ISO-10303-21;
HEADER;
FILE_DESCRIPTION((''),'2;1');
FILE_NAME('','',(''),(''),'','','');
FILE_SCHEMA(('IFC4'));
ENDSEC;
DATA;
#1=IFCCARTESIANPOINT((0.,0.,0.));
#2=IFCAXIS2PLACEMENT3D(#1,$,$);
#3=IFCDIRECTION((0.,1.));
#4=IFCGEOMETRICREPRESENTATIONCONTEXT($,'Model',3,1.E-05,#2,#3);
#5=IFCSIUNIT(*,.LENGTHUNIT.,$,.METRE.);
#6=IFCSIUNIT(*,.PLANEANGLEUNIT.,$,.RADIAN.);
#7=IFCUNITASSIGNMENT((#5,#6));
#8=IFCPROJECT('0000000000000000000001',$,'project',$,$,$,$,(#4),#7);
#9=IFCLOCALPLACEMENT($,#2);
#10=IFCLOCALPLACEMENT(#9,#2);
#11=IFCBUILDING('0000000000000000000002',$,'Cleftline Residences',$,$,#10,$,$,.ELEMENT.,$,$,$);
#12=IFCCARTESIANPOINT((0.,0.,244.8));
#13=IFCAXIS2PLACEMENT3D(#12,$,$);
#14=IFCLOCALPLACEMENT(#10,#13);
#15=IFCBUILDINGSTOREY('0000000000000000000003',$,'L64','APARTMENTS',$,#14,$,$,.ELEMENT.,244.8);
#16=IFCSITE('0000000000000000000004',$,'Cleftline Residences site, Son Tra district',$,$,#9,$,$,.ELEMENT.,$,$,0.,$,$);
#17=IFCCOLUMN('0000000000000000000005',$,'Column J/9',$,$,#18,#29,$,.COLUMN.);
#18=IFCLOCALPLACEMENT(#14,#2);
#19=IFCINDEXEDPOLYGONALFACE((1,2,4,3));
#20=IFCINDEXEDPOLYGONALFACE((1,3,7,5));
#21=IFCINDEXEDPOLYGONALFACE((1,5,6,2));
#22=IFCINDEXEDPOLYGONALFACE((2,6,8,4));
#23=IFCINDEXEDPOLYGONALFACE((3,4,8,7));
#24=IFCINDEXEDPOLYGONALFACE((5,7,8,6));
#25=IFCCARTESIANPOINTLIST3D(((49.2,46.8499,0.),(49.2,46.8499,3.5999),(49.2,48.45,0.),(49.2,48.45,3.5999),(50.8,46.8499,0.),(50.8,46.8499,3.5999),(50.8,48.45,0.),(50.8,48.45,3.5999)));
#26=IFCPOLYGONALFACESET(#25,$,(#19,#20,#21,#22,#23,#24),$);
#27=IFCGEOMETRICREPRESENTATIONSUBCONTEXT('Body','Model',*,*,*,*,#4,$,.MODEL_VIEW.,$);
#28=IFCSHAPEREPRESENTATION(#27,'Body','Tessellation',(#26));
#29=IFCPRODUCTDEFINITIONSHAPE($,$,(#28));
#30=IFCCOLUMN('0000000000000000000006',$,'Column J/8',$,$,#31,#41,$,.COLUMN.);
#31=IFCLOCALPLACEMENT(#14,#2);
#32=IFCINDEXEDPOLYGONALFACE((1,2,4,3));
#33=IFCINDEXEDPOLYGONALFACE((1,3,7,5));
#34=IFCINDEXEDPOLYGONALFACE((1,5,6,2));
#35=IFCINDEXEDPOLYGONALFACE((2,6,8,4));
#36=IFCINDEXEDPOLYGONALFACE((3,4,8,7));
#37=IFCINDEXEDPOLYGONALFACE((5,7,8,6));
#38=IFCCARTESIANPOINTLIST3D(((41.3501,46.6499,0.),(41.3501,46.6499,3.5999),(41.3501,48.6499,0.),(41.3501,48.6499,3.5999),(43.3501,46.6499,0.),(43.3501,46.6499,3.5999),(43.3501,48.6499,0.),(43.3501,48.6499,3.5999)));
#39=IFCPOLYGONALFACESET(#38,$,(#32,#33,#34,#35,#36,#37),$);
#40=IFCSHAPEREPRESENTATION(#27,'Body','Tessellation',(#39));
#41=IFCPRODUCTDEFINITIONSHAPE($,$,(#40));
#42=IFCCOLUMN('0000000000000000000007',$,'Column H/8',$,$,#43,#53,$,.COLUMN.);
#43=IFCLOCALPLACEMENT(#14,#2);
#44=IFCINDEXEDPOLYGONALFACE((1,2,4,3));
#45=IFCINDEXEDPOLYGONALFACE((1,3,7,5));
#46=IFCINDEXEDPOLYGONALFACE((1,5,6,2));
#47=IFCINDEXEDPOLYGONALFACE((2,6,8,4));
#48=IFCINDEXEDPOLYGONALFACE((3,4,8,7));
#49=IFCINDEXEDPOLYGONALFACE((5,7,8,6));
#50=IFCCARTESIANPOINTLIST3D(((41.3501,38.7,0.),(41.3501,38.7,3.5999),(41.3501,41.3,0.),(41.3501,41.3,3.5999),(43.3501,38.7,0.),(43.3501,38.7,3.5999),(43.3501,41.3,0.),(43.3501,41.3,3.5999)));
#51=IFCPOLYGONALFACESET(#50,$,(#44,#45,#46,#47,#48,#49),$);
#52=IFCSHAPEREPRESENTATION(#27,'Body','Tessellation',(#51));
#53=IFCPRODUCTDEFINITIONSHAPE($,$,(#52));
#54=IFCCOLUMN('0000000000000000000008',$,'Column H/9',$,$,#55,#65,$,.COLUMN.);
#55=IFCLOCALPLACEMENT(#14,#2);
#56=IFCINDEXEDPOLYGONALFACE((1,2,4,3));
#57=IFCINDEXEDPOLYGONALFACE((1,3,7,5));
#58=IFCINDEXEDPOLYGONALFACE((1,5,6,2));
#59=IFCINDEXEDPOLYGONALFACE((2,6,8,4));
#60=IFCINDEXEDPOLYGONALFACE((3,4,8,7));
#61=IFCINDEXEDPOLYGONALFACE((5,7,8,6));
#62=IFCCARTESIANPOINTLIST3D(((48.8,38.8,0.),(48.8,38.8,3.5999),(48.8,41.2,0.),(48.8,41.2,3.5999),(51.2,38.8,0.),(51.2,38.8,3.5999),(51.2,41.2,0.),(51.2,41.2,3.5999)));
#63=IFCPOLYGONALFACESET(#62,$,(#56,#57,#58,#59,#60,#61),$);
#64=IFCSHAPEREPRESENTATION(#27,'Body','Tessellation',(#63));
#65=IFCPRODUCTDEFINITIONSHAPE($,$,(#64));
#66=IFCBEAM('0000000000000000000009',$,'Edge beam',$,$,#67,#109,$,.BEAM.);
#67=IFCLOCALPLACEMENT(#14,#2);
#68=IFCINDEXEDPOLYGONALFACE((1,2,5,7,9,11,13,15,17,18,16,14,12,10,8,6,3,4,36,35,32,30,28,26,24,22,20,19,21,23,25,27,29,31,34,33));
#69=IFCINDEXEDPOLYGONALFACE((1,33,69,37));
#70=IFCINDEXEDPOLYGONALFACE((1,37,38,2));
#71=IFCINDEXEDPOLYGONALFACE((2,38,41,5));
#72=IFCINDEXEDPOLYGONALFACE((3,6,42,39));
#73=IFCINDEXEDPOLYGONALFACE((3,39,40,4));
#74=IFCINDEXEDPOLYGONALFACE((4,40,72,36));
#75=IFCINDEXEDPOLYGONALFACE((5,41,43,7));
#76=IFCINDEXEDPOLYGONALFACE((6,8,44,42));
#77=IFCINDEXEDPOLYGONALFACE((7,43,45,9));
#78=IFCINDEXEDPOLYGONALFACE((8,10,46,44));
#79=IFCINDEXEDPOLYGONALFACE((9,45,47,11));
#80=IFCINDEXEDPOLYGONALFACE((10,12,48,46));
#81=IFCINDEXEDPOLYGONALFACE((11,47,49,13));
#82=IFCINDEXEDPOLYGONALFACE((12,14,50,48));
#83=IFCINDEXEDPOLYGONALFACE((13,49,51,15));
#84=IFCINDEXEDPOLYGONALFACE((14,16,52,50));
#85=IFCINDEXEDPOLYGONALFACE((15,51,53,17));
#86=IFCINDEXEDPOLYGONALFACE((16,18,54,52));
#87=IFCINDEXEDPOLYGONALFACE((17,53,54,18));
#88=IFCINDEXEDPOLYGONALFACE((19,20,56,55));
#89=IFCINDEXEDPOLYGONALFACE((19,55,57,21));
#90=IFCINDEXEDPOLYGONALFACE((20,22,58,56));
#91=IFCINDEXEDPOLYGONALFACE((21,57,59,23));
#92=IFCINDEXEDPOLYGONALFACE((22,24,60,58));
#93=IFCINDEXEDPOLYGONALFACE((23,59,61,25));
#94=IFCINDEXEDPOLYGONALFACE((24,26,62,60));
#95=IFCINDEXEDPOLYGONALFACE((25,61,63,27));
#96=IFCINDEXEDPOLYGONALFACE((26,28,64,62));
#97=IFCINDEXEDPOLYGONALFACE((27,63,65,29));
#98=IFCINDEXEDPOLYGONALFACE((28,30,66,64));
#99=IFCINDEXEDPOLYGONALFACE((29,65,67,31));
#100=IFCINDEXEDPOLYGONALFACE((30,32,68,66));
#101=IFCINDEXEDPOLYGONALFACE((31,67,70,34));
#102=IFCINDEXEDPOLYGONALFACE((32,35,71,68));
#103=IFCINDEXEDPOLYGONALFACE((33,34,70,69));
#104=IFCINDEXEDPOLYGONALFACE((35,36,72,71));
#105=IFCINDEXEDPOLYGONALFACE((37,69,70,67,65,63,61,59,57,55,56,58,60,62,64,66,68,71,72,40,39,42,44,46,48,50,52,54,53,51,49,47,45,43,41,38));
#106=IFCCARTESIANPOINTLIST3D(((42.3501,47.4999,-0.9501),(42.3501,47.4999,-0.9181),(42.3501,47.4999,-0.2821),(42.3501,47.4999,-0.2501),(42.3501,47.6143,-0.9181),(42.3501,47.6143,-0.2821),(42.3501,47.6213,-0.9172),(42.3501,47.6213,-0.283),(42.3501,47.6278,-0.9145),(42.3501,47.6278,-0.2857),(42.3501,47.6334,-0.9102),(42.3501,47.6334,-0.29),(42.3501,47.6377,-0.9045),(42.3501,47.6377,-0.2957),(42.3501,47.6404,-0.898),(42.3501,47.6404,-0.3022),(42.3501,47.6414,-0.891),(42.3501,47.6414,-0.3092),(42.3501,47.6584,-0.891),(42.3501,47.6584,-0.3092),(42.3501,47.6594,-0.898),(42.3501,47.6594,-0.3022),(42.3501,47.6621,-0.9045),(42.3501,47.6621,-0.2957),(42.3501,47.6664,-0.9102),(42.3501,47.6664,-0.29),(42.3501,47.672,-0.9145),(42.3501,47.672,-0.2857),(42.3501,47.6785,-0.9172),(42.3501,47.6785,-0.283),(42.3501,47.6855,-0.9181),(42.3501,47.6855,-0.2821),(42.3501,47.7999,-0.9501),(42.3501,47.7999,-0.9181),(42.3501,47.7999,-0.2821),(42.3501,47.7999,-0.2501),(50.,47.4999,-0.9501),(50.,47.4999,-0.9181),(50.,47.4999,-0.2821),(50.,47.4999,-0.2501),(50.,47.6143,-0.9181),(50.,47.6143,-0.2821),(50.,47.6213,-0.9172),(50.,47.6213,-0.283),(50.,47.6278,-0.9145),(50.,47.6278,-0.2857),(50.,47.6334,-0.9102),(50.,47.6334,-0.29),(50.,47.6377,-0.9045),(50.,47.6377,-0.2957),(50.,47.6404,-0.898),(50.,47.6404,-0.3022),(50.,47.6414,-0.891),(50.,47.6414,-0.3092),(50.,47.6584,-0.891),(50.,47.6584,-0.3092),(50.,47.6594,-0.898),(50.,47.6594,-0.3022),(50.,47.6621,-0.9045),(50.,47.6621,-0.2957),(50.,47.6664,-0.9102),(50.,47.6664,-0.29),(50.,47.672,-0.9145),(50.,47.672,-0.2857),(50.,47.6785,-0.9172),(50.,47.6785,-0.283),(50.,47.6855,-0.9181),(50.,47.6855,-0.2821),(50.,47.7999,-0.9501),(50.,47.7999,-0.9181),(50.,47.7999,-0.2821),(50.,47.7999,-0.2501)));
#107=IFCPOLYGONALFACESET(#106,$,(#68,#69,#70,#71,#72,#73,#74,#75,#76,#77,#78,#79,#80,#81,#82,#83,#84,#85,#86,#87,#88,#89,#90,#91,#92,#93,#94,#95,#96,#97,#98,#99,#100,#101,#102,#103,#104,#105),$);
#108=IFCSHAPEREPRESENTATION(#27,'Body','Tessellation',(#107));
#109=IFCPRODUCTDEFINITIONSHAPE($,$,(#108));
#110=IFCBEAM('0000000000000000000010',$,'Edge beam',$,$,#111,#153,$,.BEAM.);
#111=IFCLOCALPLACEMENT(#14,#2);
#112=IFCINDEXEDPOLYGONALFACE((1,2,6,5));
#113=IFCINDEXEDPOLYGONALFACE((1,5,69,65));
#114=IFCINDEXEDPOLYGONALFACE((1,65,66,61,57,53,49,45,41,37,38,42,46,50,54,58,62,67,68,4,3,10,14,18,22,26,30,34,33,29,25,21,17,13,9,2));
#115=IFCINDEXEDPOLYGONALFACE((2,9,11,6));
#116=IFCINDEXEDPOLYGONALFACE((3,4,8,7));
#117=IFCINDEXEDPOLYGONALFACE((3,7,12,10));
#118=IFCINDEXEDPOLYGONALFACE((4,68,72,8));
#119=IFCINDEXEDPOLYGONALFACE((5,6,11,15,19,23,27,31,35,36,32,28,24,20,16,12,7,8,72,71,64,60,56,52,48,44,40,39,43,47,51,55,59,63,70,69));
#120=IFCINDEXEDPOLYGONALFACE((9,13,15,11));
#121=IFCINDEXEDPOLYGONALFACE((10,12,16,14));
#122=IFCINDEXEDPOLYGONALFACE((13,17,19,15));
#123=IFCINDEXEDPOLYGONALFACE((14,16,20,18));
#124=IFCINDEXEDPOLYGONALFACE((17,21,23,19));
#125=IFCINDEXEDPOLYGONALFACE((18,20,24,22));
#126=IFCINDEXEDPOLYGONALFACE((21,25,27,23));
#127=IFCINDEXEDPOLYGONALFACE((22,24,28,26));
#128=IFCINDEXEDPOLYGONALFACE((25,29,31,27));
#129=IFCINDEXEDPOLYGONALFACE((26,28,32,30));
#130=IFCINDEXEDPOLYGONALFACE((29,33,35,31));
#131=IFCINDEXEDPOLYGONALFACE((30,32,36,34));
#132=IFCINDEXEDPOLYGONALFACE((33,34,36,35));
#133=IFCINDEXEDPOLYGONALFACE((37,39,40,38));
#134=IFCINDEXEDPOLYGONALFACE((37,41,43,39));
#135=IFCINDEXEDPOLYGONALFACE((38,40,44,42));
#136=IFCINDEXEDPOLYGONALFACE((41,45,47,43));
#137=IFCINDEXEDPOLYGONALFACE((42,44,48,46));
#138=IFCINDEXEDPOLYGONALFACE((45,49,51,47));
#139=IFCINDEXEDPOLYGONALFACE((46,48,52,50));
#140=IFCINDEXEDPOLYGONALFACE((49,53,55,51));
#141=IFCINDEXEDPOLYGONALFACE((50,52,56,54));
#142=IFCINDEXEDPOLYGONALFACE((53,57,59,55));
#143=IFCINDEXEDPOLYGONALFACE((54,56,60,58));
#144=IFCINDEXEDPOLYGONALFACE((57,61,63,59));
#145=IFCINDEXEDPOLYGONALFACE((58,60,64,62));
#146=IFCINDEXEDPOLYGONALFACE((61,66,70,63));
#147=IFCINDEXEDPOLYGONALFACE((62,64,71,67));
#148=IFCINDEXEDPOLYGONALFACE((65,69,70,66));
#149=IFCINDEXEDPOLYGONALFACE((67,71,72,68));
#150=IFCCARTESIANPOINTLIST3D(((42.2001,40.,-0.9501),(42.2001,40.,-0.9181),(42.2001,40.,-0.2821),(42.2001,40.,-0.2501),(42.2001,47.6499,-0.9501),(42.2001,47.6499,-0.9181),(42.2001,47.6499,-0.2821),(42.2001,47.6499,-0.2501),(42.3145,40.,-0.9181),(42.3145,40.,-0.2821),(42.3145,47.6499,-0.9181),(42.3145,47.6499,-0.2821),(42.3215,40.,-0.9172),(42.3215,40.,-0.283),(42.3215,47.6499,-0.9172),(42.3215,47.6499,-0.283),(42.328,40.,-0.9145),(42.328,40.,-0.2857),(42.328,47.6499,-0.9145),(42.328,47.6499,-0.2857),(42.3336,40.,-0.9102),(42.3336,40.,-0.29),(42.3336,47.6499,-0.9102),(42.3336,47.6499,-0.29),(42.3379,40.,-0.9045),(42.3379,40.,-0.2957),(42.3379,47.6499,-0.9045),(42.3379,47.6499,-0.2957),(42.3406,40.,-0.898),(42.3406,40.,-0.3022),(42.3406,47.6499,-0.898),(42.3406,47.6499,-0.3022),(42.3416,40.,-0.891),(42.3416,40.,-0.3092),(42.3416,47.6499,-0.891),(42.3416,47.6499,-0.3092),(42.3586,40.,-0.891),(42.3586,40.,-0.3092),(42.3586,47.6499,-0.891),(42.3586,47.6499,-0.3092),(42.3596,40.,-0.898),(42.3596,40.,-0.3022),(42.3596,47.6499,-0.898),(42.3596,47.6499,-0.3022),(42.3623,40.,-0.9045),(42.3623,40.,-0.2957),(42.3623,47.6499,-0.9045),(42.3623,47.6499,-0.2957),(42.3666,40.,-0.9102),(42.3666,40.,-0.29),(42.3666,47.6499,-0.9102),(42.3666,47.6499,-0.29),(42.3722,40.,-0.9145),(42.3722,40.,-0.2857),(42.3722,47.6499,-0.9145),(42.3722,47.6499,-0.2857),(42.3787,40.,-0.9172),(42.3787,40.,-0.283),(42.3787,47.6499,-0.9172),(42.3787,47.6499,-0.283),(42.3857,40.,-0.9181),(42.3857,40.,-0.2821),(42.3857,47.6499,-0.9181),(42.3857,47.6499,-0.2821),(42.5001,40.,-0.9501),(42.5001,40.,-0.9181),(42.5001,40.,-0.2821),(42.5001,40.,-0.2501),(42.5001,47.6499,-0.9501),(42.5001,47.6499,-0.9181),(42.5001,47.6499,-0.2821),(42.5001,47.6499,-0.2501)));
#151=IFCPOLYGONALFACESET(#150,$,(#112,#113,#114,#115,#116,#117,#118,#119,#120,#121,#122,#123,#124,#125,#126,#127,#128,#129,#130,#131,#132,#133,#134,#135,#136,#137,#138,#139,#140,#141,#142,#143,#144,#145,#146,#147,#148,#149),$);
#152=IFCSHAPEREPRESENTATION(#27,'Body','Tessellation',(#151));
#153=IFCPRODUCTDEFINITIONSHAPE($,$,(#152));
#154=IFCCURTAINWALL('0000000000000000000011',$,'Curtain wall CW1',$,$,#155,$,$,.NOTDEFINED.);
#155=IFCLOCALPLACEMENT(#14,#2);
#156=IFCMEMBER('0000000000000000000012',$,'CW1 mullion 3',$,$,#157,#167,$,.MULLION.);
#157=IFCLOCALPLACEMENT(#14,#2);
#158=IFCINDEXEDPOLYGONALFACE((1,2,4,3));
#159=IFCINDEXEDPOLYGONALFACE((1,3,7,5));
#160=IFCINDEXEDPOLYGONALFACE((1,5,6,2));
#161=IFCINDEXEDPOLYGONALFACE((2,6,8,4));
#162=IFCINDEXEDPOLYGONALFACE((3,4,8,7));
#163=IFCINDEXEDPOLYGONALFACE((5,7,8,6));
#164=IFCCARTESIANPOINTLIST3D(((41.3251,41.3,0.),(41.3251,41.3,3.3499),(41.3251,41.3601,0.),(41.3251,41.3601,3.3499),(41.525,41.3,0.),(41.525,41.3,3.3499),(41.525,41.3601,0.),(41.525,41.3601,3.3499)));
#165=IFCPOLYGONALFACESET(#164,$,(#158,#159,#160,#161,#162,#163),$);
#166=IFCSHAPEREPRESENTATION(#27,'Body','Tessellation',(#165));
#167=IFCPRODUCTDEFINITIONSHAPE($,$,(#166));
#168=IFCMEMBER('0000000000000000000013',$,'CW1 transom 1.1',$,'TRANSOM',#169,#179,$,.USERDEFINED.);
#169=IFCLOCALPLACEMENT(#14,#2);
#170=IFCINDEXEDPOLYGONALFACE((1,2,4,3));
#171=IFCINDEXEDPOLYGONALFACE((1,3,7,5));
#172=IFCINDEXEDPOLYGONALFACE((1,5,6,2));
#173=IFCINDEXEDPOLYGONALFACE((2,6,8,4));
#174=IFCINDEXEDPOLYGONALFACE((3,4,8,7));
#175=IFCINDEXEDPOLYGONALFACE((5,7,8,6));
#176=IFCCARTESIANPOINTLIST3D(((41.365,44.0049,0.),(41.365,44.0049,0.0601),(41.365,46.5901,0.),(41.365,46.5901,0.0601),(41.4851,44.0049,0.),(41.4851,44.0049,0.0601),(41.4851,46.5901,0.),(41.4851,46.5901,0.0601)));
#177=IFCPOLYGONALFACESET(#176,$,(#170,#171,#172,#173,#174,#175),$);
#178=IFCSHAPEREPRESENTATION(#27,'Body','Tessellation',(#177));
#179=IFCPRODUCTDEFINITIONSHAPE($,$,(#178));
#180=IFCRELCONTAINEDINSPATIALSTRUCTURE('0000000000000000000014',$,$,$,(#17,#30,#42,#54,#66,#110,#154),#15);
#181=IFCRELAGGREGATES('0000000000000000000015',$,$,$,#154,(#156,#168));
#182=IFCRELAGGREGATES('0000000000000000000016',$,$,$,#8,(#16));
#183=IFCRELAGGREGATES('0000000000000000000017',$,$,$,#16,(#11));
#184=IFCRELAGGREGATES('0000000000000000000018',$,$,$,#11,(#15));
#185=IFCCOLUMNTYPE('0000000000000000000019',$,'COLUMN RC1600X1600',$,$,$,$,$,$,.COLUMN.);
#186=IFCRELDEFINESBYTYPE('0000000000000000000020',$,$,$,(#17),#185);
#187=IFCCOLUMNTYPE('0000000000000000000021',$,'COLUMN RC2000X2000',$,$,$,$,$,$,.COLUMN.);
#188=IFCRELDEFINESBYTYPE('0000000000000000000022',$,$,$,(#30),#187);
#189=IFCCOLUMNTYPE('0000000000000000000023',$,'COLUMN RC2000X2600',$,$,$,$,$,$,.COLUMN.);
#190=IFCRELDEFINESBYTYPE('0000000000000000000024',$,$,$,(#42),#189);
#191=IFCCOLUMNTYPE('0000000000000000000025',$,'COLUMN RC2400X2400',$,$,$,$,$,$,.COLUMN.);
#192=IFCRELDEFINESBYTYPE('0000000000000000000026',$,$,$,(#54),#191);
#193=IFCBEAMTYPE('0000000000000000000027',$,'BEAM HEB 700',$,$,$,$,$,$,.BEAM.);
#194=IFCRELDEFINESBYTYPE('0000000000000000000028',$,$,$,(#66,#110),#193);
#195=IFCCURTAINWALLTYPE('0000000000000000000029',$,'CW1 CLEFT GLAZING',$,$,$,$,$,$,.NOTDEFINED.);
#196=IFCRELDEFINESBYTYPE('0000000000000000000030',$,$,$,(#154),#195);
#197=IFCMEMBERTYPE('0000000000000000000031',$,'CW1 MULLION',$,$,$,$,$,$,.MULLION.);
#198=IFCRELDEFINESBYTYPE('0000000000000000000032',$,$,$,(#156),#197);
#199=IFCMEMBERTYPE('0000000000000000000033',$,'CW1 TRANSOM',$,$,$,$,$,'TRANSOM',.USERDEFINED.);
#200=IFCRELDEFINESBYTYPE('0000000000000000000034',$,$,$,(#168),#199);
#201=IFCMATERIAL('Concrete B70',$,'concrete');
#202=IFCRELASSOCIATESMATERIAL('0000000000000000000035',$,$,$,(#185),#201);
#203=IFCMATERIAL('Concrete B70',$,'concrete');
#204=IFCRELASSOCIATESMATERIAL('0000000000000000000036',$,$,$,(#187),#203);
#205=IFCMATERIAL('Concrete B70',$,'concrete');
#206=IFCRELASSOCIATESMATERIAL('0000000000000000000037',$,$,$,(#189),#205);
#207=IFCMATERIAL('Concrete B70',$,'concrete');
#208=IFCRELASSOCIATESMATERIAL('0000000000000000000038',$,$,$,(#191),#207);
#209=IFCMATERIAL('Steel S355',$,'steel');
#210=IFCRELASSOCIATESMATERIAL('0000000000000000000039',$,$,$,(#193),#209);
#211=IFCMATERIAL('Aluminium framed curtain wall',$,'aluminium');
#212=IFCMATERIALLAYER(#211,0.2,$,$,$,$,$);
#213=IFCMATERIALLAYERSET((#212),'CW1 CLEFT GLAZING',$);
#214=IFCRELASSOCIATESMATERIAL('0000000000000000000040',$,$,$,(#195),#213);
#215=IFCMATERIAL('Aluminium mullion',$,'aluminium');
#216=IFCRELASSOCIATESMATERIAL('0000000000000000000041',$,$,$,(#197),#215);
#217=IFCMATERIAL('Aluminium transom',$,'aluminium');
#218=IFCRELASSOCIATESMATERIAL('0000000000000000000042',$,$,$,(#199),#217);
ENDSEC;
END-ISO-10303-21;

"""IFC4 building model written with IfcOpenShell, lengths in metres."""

from ifc_helpers import new_model, si_unit, direction, frame, origin, origin_2d, place, context, subcontext, project, spatial, rectangle, i_section, extrude, material, layer, layer_set, material_profile, profile_set, type_object, element, aggregate, save


model = new_model("IFC4")

# Units and contexts
model_context = context("Model", 3, precision=1e-05, world=origin(), true_north=direction((0.0, 1.0)))
body_context = subcontext(model_context, "Body", "Model", "MODEL_VIEW")
ifc_project = project(units=[si_unit("LENGTHUNIT", "METRE"), si_unit("PLANEANGLEUNIT", "RADIAN")], contexts=[model_context])

# Site, building, storey
site_placement = place(None, origin())
site = spatial("IfcSite", under=ifc_project, at=site_placement, Name="Cleftline Residences site, Son Tra district", CompositionType="ELEMENT", RefElevation=0.0)
building_placement = place(site_placement, origin())
building = spatial("IfcBuilding", under=site, at=building_placement, Name="Cleftline Residences", CompositionType="ELEMENT")
storey_placement = place(building_placement, frame((0.0, 0.0, 244.8)))
storey = spatial("IfcBuildingStorey", under=building, at=storey_placement, Name="L64", Description="APARTMENTS", CompositionType="ELEMENT", Elevation=244.8)

# Columns
ifc_material_1 = material(Name="Concrete B70", Category="concrete")
ifc_material_profile_1 = material_profile(ifc_material_1, rectangle(XDim=1.6001, YDim=1.6001, at=origin_2d()))
ifc_profile_set_1 = profile_set([ifc_material_profile_1], Name="Concrete B70")
column_type_1 = type_object("IfcColumnType", Name="COLUMN RC1600X1600", PredefinedType="COLUMN", material=ifc_profile_set_1)
column_1_placement = place(storey_placement, frame((50.0, 47.6499, 0.0), z_axis=(0.0, 0.0, 1.0), x_axis=(1.0, 0.0, 0.0)))
element("IfcColumn", 1, at=column_1_placement, inside=storey, type_object=column_type_1, Name="Column J/9", PredefinedType="COLUMN", context=body_context, shape_type="SweptSolid", body=[
    extrude(rectangle(XDim=1.6001, YDim=1.6001, at=origin_2d()), origin(), (0.0, 0.0, 1.0), 3.5999),
])
ifc_material_2 = material(Name="Concrete B70", Category="concrete")
ifc_material_profile_2 = material_profile(ifc_material_2, rectangle(XDim=2.0, YDim=2.0, at=origin_2d()))
ifc_profile_set_2 = profile_set([ifc_material_profile_2], Name="Concrete B70")
column_type_2 = type_object("IfcColumnType", Name="COLUMN RC2000X2000", PredefinedType="COLUMN", material=ifc_profile_set_2)
column_2_placement = place(storey_placement, frame((42.3501, 47.6499, 0.0), z_axis=(0.0, 0.0, 1.0), x_axis=(1.0, 0.0, 0.0)))
element("IfcColumn", 2, at=column_2_placement, inside=storey, type_object=column_type_2, Name="Column J/8", PredefinedType="COLUMN", context=body_context, shape_type="SweptSolid", body=[
    extrude(rectangle(XDim=2.0, YDim=2.0, at=origin_2d()), origin(), (0.0, 0.0, 1.0), 3.5999),
])
ifc_material_3 = material(Name="Concrete B70", Category="concrete")
ifc_material_profile_3 = material_profile(ifc_material_3, rectangle(XDim=2.0, YDim=2.6001, at=origin_2d()))
ifc_profile_set_3 = profile_set([ifc_material_profile_3], Name="Concrete B70")
column_type_3 = type_object("IfcColumnType", Name="COLUMN RC2000X2600", PredefinedType="COLUMN", material=ifc_profile_set_3)
column_3_placement = place(storey_placement, frame((42.3501, 40.0, 0.0), z_axis=(0.0, 0.0, 1.0), x_axis=(1.0, 0.0, 0.0)))
element("IfcColumn", 3, at=column_3_placement, inside=storey, type_object=column_type_3, Name="Column H/8", PredefinedType="COLUMN", context=body_context, shape_type="SweptSolid", body=[
    extrude(rectangle(XDim=2.0, YDim=2.6001, at=origin_2d()), origin(), (0.0, 0.0, 1.0), 3.5999),
])
ifc_material_4 = material(Name="Concrete B70", Category="concrete")
ifc_material_profile_4 = material_profile(ifc_material_4, rectangle(XDim=2.3999, YDim=2.3999, at=origin_2d()))
ifc_profile_set_4 = profile_set([ifc_material_profile_4], Name="Concrete B70")
column_type_4 = type_object("IfcColumnType", Name="COLUMN RC2400X2400", PredefinedType="COLUMN", material=ifc_profile_set_4)
column_4_placement = place(storey_placement, frame((50.0, 40.0, 0.0), z_axis=(0.0, 0.0, 1.0), x_axis=(1.0, 0.0, 0.0)))
element("IfcColumn", 4, at=column_4_placement, inside=storey, type_object=column_type_4, Name="Column H/9", PredefinedType="COLUMN", context=body_context, shape_type="SweptSolid", body=[
    extrude(rectangle(XDim=2.3999, YDim=2.3999, at=origin_2d()), origin(), (0.0, 0.0, 1.0), 3.5999),
])

# Beams
ifc_material_5 = material(Name="Steel S355", Category="steel")
ifc_material_profile_5 = material_profile(ifc_material_5, i_section(OverallWidth=0.3, OverallDepth=0.7, WebThickness=0.0171, FlangeThickness=0.032, FilletRadius=0.0271, at=origin_2d()))
ifc_profile_set_5 = profile_set([ifc_material_profile_5], Name="Steel S355")
beam_type = type_object("IfcBeamType", Name="BEAM HEB 700", PredefinedType="BEAM", material=ifc_profile_set_5)
for number, where, z_axis, x_axis, name in (
    (5, (50.0, 47.6499, -0.6001), (-1.0, 0.0, 0.0), (0.0, -1.0, 0.0), "Edge beam"),
    (6, (42.3501, 47.6499, -0.6001), (0.0, -1.0, 0.0), (1.0, 0.0, 0.0), "Edge beam"),
):
    element("IfcBeam", number, at=place(storey_placement, frame(where, z_axis=z_axis, x_axis=x_axis)), inside=storey, type_object=beam_type, Name=name, PredefinedType="BEAM", context=body_context, shape_type="SweptSolid", body=[
        extrude(i_section(OverallWidth=0.3, OverallDepth=0.7, WebThickness=0.0171, FlangeThickness=0.032, FilletRadius=0.0271, at=origin_2d()), origin(), (0.0, 0.0, 1.0), 7.6499),
    ])

# Curtain wall, members
ifc_material_6 = material(Name="Aluminium framed curtain wall", Category="aluminium")
ifc_layer_1 = layer(ifc_material_6, 0.2)
ifc_layer_set_1 = layer_set([ifc_layer_1], Name="CW1 CLEFT GLAZING")
curtain_wall_type = type_object("IfcCurtainWallType", Name="CW1 CLEFT GLAZING", PredefinedType="NOTDEFINED", material=ifc_layer_set_1)
curtain_wall_placement = place(storey_placement, origin())
curtain_wall = element("IfcCurtainWall", 7, at=curtain_wall_placement, inside=storey, type_object=curtain_wall_type, Name="Curtain wall CW1", PredefinedType="NOTDEFINED")
ifc_material_7 = material(Name="Aluminium mullion", Category="aluminium")
ifc_material_profile_6 = material_profile(ifc_material_7, rectangle(XDim=0.2, YDim=0.0601, at=origin_2d()))
ifc_profile_set_6 = profile_set([ifc_material_profile_6], Name="Aluminium mullion")
member_type_1 = type_object("IfcMemberType", Name="CW1 MULLION", PredefinedType="MULLION", material=ifc_profile_set_6)
member_1_placement = place(storey_placement, frame((41.425, 41.3301, 0.0), z_axis=(0.0, 0.0, 1.0), x_axis=(1.0, 0.0, 0.0)))
member_1 = element("IfcMember", 8, at=member_1_placement, type_object=member_type_1, Name="CW1 mullion 3", PredefinedType="MULLION", context=body_context, shape_type="SweptSolid", body=[
    extrude(rectangle(XDim=0.2, YDim=0.0601, at=origin_2d()), origin(), (0.0, 0.0, 1.0), 3.3499),
])
ifc_material_8 = material(Name="Aluminium transom", Category="aluminium")
ifc_material_profile_7 = material_profile(ifc_material_8, rectangle(XDim=0.1201, YDim=0.0601, at=origin_2d()))
ifc_profile_set_7 = profile_set([ifc_material_profile_7], Name="Aluminium transom")
member_type_2 = type_object("IfcMemberType", Name="CW1 TRANSOM", ElementType="TRANSOM", PredefinedType="USERDEFINED", material=ifc_profile_set_7)
member_2_placement = place(storey_placement, frame((41.425, 46.5901, 0.03), z_axis=(0.0, -1.0, 0.0), x_axis=(1.0, 0.0, 0.0)))
member_2 = element("IfcMember", 9, at=member_2_placement, type_object=member_type_2, Name="CW1 transom 1.1", ObjectType="TRANSOM", PredefinedType="USERDEFINED", context=body_context, shape_type="SweptSolid", body=[
    extrude(rectangle(XDim=0.1201, YDim=0.0601, at=origin_2d()), origin(), (0.0, 0.0, 1.0), 2.5852),
])
aggregate(curtain_wall, [member_1, member_2])

save(model, "model.ifc")
